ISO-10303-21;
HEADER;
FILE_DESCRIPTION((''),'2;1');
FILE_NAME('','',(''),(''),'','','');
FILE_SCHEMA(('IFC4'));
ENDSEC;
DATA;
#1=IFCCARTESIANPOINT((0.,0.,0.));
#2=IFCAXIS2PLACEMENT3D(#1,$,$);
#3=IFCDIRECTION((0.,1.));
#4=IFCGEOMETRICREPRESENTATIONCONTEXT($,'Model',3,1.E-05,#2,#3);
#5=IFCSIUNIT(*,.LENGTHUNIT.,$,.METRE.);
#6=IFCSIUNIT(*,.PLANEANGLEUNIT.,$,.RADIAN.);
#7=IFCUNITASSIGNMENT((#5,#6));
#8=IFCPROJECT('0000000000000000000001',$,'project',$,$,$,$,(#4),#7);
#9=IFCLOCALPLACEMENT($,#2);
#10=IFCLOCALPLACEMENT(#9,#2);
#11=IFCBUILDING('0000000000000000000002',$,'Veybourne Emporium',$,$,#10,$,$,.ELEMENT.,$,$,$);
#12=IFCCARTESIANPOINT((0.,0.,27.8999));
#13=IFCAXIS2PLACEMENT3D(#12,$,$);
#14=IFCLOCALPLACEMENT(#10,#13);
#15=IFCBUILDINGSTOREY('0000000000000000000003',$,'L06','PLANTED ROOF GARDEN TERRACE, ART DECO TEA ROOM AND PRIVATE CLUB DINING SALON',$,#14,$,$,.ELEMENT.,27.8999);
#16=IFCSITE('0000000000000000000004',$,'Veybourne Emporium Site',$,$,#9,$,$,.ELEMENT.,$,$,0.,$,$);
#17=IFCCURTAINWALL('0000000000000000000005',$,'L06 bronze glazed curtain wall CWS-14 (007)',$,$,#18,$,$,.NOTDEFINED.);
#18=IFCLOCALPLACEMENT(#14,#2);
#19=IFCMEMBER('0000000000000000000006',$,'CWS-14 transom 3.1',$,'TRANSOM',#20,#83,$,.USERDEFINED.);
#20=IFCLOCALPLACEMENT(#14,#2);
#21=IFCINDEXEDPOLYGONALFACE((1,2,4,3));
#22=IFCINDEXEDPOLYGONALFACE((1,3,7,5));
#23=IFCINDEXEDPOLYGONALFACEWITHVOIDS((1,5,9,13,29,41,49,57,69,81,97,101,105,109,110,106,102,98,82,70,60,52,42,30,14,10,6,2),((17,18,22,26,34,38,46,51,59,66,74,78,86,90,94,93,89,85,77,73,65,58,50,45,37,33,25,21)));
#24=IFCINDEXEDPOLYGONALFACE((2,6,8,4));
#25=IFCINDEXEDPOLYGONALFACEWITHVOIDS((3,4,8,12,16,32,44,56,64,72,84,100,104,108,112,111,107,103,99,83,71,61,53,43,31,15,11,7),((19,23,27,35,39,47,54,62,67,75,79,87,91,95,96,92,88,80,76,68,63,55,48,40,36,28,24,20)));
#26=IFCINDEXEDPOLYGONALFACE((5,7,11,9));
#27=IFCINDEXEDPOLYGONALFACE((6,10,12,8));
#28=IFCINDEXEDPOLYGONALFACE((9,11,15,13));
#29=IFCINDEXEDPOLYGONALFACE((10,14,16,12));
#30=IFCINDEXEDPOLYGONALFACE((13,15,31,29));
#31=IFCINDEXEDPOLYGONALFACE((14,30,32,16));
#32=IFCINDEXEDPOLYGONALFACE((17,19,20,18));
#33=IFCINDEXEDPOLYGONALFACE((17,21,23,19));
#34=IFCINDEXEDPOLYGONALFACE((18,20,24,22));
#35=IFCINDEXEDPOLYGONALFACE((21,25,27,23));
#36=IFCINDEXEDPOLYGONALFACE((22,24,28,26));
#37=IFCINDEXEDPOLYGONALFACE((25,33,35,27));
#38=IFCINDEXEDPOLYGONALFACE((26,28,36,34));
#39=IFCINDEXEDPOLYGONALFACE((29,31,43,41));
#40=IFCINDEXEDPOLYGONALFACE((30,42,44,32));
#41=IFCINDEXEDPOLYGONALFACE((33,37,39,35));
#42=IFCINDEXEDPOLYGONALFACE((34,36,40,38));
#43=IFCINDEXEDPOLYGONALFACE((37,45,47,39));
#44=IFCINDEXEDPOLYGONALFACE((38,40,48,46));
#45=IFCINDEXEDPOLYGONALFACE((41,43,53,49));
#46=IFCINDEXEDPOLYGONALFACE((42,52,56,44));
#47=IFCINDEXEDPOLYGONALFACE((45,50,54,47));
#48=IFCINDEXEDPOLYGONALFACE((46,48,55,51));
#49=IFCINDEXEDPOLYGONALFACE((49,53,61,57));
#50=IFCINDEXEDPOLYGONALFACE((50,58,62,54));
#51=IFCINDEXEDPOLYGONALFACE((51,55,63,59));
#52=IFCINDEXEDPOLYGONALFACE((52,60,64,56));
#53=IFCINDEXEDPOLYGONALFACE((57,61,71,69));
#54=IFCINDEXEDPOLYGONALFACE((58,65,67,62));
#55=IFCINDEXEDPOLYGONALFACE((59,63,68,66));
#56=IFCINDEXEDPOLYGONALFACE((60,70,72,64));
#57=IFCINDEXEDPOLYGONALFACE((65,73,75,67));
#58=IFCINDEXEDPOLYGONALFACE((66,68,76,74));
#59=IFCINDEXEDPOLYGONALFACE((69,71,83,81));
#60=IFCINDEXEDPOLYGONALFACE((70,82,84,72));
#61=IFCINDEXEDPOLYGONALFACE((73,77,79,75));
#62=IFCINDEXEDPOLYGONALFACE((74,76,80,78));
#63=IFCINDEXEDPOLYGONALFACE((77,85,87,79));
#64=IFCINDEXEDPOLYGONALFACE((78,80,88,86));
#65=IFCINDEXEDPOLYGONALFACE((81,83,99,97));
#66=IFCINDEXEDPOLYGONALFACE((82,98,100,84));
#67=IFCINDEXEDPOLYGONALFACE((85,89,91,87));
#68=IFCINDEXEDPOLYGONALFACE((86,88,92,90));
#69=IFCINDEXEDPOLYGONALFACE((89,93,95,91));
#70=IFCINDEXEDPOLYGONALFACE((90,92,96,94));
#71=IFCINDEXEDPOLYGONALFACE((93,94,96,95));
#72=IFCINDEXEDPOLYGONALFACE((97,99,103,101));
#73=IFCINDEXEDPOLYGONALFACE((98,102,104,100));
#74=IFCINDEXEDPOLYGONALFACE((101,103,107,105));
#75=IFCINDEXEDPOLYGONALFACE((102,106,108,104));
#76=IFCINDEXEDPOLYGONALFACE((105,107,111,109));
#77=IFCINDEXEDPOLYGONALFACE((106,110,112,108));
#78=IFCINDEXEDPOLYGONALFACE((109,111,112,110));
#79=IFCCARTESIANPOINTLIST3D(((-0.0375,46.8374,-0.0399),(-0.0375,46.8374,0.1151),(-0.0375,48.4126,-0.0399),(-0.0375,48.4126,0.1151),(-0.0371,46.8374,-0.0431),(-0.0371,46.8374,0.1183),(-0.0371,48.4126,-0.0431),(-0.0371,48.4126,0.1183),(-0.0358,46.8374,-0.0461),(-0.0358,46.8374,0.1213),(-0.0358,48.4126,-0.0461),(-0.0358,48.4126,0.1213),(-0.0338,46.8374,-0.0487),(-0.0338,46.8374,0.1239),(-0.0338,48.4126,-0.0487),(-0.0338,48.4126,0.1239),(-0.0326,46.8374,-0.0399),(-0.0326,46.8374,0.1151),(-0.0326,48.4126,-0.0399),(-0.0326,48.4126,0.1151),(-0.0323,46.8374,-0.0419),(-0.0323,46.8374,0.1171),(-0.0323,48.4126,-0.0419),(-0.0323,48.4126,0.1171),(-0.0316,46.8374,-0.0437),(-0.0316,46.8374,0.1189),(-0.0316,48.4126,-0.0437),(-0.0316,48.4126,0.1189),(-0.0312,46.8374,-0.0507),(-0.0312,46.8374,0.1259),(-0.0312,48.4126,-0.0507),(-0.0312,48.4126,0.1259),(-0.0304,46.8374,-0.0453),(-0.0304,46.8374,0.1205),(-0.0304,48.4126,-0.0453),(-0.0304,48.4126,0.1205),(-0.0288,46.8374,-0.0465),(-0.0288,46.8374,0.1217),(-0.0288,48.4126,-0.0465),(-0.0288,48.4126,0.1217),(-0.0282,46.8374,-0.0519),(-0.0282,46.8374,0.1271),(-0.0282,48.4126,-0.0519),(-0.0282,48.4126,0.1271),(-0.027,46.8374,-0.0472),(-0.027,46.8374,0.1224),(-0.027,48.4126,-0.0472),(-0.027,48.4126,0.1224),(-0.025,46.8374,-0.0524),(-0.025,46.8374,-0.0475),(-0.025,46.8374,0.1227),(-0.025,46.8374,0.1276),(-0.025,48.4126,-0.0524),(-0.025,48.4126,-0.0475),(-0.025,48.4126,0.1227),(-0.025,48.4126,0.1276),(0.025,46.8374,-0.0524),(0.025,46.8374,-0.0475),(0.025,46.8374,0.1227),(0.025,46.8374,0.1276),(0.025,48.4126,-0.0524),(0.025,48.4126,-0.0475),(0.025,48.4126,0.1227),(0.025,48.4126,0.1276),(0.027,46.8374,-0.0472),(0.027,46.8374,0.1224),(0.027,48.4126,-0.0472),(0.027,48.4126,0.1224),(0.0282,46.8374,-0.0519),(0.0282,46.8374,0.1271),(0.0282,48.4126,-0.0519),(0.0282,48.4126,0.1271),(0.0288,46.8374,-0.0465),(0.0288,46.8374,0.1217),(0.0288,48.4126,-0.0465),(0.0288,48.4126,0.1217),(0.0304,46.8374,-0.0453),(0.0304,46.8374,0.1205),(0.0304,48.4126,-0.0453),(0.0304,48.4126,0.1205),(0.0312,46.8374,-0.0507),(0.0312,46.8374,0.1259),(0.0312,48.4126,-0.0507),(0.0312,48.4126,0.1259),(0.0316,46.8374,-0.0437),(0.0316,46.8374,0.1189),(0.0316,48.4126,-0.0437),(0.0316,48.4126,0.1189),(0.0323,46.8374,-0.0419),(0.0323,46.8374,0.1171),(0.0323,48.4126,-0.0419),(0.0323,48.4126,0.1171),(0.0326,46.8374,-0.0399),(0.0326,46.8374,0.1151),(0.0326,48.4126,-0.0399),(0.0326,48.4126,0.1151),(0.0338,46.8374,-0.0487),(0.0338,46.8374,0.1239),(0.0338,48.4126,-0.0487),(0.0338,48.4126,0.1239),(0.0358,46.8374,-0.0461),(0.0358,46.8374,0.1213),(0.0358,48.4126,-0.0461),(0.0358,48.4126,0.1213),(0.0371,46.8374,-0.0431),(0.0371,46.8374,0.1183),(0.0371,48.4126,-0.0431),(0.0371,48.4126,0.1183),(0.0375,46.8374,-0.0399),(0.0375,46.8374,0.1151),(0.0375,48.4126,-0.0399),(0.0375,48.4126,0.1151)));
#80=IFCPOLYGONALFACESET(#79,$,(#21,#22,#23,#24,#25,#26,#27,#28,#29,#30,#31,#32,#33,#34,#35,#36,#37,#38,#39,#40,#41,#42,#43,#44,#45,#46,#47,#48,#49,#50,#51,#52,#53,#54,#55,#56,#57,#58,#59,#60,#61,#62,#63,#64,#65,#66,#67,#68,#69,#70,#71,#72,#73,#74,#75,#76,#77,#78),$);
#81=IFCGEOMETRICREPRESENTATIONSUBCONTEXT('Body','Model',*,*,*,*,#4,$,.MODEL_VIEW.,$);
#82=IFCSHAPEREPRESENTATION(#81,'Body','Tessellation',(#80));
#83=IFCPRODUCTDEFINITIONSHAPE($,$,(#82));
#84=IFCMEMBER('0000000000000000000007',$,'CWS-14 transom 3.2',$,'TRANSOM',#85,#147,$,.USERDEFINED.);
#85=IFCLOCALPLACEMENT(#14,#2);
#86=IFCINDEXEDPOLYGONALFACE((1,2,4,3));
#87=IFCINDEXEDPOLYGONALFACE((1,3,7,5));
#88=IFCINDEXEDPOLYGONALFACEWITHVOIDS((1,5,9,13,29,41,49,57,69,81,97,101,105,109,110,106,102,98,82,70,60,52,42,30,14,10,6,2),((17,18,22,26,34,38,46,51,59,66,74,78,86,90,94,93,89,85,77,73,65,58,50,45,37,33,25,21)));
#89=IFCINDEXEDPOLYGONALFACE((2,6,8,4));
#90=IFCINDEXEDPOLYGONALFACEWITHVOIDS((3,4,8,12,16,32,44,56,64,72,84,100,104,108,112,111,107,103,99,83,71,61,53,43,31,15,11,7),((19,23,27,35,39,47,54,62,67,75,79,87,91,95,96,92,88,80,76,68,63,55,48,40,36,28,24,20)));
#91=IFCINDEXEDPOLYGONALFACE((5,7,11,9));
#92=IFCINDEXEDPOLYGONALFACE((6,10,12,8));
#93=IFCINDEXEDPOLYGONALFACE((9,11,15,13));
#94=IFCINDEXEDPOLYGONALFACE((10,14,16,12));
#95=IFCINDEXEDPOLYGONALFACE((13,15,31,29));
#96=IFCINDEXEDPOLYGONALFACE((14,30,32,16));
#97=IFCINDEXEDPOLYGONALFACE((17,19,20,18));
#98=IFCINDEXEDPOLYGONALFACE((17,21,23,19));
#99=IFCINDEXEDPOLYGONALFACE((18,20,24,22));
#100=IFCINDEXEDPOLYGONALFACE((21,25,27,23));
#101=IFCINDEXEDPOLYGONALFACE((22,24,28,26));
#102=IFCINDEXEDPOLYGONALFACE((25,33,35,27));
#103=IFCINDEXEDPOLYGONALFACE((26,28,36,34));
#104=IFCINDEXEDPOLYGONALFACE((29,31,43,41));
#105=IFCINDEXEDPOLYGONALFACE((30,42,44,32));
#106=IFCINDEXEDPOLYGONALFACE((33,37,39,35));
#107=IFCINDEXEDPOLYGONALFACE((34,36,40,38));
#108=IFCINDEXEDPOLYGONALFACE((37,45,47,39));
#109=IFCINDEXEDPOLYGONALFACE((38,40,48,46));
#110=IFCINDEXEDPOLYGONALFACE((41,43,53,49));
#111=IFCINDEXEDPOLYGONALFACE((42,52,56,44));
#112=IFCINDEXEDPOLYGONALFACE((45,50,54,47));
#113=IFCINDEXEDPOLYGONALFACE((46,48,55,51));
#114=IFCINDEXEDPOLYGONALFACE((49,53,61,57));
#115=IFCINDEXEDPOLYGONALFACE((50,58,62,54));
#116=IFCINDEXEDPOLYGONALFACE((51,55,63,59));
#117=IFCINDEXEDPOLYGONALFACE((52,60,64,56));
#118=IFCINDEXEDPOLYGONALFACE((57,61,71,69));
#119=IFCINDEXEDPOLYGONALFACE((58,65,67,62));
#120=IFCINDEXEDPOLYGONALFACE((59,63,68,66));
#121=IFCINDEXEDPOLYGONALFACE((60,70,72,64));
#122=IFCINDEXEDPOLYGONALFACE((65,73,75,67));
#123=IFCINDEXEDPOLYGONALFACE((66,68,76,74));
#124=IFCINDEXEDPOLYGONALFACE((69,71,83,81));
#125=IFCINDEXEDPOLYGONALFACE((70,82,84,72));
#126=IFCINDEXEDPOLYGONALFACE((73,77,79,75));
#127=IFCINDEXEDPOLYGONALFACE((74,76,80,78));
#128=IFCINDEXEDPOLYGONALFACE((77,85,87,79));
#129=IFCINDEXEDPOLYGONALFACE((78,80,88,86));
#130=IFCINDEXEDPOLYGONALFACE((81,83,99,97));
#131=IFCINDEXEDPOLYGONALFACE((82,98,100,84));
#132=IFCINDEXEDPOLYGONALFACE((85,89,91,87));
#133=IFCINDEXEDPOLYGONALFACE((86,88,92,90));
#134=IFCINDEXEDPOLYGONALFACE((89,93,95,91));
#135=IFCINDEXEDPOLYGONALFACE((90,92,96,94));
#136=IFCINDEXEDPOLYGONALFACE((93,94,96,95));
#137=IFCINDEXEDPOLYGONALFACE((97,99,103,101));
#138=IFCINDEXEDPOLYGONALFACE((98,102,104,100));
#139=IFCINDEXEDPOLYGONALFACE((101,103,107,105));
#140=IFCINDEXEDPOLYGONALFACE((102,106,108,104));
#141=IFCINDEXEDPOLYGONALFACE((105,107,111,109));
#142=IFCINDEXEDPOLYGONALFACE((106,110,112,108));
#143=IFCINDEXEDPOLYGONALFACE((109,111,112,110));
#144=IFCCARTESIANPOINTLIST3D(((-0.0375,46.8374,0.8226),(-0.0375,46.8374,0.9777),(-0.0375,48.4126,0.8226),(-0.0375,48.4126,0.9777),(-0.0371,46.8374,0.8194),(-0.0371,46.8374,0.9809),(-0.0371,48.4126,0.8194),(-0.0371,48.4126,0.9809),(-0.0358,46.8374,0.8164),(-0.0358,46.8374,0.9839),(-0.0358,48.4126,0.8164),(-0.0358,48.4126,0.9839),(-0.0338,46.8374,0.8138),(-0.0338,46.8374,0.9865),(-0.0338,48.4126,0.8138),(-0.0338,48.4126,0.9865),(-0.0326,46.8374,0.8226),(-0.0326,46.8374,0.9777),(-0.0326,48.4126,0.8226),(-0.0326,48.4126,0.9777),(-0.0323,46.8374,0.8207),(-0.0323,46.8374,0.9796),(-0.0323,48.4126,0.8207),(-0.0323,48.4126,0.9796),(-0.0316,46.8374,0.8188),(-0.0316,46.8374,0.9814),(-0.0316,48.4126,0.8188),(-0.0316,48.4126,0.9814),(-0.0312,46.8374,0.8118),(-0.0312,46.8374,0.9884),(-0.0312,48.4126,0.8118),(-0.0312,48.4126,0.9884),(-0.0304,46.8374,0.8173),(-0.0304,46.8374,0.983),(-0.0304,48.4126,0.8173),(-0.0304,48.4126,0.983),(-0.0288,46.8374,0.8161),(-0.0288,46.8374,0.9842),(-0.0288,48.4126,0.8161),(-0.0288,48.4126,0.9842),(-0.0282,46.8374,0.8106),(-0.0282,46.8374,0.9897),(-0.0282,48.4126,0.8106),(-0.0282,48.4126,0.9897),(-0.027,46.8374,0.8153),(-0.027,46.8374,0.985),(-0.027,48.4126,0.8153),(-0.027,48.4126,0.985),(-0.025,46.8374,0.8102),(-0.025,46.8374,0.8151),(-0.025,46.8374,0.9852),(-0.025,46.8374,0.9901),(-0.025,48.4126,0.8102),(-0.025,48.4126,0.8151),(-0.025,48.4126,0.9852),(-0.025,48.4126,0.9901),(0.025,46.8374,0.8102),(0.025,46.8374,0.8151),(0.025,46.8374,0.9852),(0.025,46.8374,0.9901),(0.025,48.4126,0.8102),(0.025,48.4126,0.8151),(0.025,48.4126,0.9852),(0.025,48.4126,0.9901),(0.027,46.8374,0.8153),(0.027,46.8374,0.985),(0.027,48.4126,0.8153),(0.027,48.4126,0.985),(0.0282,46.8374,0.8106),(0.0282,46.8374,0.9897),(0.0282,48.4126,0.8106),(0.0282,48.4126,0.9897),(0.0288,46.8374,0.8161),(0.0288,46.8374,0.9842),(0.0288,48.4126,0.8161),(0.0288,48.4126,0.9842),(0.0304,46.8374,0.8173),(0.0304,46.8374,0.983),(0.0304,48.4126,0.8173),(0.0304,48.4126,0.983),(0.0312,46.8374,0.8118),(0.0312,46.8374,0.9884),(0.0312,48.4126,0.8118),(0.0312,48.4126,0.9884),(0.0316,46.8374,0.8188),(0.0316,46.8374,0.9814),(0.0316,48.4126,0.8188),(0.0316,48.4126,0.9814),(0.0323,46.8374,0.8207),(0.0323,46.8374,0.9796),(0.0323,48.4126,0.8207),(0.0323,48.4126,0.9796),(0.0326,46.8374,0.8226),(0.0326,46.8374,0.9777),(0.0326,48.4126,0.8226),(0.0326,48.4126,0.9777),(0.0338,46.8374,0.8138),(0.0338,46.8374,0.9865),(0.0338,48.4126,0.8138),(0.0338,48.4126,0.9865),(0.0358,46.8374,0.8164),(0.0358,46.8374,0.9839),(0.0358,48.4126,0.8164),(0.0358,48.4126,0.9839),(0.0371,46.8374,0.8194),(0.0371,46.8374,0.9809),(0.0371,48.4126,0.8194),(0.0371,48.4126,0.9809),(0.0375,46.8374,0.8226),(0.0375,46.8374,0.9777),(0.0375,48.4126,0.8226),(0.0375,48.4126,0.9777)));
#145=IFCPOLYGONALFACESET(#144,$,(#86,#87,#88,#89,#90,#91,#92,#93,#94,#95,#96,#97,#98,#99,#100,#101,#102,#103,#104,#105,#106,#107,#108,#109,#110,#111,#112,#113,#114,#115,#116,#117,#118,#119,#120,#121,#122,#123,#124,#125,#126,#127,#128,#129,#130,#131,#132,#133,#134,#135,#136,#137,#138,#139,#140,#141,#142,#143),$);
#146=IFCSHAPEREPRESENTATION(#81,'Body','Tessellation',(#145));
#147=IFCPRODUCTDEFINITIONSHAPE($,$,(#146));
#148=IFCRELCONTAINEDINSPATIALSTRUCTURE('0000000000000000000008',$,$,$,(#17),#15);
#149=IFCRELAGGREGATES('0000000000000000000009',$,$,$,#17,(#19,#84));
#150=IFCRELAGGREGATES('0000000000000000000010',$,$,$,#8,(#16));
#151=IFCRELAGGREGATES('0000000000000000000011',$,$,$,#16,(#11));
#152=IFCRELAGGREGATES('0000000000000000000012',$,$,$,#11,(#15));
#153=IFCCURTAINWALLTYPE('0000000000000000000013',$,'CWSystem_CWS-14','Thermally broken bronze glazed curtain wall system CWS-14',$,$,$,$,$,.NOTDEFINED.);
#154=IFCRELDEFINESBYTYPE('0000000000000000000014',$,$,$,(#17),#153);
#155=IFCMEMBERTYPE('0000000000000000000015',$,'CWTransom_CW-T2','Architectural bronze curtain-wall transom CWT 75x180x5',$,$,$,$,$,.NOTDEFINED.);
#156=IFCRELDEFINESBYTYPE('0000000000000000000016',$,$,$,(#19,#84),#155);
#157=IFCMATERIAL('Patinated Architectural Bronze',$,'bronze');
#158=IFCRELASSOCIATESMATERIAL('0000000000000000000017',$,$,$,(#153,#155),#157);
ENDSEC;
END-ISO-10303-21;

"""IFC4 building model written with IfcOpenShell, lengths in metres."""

from ifc_helpers import new_model, si_unit, direction, frame, origin, origin_2d, place, context, subcontext, project, spatial, hollow_rectangle, extrude, material, material_profile, profile_set, type_object, element, aggregate, save


model = new_model("IFC4")

# Units and contexts
model_context = context("Model", 3, precision=1e-05, world=origin(), true_north=direction((0.0, 1.0)))
body_context = subcontext(model_context, "Body", "Model", "MODEL_VIEW")
ifc_project = project(units=[si_unit("LENGTHUNIT", "METRE"), si_unit("PLANEANGLEUNIT", "RADIAN")], contexts=[model_context])

# Site, building, storey
site_placement = place(None, origin())
site = spatial("IfcSite", under=ifc_project, at=site_placement, Name="Veybourne Emporium Site", CompositionType="ELEMENT", RefElevation=0.0)
building_placement = place(site_placement, origin())
building = spatial("IfcBuilding", under=site, at=building_placement, Name="Veybourne Emporium", CompositionType="ELEMENT")
storey_placement = place(building_placement, frame((0.0, 0.0, 27.8999)))
storey = spatial("IfcBuildingStorey", under=building, at=storey_placement, Name="L06", Description="PLANTED ROOF GARDEN TERRACE, ART DECO TEA ROOM AND PRIVATE CLUB DINING SALON", CompositionType="ELEMENT", Elevation=27.8999)

# Curtain wall, members
ifc_material_1 = material(Name="Patinated Architectural Bronze", Category="bronze")
curtain_wall_type = type_object("IfcCurtainWallType", Name="CWSystem_CWS-14", Description="Thermally broken bronze glazed curtain wall system CWS-14", PredefinedType="NOTDEFINED", material=ifc_material_1)
curtain_wall_placement = place(storey_placement, origin())
curtain_wall = element("IfcCurtainWall", 1, at=curtain_wall_placement, inside=storey, type_object=curtain_wall_type, Name="L06 bronze glazed curtain wall CWS-14 (007)", PredefinedType="NOTDEFINED")
ifc_material_profile_1 = material_profile(ifc_material_1, hollow_rectangle(XDim=0.075, YDim=0.1799, WallThickness=0.0049, InnerFilletRadius=0.0076, OuterFilletRadius=0.0125, at=origin_2d()), Name="CWT 75x180x5")
ifc_profile_set_1 = profile_set([ifc_material_profile_1], Name="Patinated Architectural Bronze")
member_type_1 = type_object("IfcMemberType", Name="CWTransom_CW-T2", Description="Architectural bronze curtain-wall transom CWT 75x180x5", PredefinedType="NOTDEFINED", material=ifc_profile_set_1)
member_1_placement = place(storey_placement, frame((0.0, 46.8374, 0.0376), z_axis=(0.0, 1.0, 0.0), x_axis=(-1.0, 0.0, 0.0)))
member_1 = element("IfcMember", 2, at=member_1_placement, type_object=member_type_1, Name="CWS-14 transom 3.1", ObjectType="TRANSOM", PredefinedType="USERDEFINED", context=body_context, shape_type="SweptSolid", body=[
    extrude(hollow_rectangle(XDim=0.075, YDim=0.1799, WallThickness=0.0049, InnerFilletRadius=0.0076, OuterFilletRadius=0.0125, at=origin_2d()), origin(), (0.0, 0.0, 1.0), 1.5752),
])
member_2_placement = place(storey_placement, frame((0.0, 46.8374, 0.9001), z_axis=(0.0, 1.0, 0.0), x_axis=(-1.0, 0.0, 0.0)))
member_2 = element("IfcMember", 3, at=member_2_placement, type_object=member_type_1, Name="CWS-14 transom 3.2", ObjectType="TRANSOM", PredefinedType="USERDEFINED", context=body_context, shape_type="SweptSolid", body=[
    extrude(hollow_rectangle(XDim=0.075, YDim=0.1799, WallThickness=0.0049, InnerFilletRadius=0.0076, OuterFilletRadius=0.0125, at=origin_2d()), origin(), (0.0, 0.0, 1.0), 1.5752),
])

aggregate(curtain_wall, [member_1, member_2])

save(model, "model.ifc")
